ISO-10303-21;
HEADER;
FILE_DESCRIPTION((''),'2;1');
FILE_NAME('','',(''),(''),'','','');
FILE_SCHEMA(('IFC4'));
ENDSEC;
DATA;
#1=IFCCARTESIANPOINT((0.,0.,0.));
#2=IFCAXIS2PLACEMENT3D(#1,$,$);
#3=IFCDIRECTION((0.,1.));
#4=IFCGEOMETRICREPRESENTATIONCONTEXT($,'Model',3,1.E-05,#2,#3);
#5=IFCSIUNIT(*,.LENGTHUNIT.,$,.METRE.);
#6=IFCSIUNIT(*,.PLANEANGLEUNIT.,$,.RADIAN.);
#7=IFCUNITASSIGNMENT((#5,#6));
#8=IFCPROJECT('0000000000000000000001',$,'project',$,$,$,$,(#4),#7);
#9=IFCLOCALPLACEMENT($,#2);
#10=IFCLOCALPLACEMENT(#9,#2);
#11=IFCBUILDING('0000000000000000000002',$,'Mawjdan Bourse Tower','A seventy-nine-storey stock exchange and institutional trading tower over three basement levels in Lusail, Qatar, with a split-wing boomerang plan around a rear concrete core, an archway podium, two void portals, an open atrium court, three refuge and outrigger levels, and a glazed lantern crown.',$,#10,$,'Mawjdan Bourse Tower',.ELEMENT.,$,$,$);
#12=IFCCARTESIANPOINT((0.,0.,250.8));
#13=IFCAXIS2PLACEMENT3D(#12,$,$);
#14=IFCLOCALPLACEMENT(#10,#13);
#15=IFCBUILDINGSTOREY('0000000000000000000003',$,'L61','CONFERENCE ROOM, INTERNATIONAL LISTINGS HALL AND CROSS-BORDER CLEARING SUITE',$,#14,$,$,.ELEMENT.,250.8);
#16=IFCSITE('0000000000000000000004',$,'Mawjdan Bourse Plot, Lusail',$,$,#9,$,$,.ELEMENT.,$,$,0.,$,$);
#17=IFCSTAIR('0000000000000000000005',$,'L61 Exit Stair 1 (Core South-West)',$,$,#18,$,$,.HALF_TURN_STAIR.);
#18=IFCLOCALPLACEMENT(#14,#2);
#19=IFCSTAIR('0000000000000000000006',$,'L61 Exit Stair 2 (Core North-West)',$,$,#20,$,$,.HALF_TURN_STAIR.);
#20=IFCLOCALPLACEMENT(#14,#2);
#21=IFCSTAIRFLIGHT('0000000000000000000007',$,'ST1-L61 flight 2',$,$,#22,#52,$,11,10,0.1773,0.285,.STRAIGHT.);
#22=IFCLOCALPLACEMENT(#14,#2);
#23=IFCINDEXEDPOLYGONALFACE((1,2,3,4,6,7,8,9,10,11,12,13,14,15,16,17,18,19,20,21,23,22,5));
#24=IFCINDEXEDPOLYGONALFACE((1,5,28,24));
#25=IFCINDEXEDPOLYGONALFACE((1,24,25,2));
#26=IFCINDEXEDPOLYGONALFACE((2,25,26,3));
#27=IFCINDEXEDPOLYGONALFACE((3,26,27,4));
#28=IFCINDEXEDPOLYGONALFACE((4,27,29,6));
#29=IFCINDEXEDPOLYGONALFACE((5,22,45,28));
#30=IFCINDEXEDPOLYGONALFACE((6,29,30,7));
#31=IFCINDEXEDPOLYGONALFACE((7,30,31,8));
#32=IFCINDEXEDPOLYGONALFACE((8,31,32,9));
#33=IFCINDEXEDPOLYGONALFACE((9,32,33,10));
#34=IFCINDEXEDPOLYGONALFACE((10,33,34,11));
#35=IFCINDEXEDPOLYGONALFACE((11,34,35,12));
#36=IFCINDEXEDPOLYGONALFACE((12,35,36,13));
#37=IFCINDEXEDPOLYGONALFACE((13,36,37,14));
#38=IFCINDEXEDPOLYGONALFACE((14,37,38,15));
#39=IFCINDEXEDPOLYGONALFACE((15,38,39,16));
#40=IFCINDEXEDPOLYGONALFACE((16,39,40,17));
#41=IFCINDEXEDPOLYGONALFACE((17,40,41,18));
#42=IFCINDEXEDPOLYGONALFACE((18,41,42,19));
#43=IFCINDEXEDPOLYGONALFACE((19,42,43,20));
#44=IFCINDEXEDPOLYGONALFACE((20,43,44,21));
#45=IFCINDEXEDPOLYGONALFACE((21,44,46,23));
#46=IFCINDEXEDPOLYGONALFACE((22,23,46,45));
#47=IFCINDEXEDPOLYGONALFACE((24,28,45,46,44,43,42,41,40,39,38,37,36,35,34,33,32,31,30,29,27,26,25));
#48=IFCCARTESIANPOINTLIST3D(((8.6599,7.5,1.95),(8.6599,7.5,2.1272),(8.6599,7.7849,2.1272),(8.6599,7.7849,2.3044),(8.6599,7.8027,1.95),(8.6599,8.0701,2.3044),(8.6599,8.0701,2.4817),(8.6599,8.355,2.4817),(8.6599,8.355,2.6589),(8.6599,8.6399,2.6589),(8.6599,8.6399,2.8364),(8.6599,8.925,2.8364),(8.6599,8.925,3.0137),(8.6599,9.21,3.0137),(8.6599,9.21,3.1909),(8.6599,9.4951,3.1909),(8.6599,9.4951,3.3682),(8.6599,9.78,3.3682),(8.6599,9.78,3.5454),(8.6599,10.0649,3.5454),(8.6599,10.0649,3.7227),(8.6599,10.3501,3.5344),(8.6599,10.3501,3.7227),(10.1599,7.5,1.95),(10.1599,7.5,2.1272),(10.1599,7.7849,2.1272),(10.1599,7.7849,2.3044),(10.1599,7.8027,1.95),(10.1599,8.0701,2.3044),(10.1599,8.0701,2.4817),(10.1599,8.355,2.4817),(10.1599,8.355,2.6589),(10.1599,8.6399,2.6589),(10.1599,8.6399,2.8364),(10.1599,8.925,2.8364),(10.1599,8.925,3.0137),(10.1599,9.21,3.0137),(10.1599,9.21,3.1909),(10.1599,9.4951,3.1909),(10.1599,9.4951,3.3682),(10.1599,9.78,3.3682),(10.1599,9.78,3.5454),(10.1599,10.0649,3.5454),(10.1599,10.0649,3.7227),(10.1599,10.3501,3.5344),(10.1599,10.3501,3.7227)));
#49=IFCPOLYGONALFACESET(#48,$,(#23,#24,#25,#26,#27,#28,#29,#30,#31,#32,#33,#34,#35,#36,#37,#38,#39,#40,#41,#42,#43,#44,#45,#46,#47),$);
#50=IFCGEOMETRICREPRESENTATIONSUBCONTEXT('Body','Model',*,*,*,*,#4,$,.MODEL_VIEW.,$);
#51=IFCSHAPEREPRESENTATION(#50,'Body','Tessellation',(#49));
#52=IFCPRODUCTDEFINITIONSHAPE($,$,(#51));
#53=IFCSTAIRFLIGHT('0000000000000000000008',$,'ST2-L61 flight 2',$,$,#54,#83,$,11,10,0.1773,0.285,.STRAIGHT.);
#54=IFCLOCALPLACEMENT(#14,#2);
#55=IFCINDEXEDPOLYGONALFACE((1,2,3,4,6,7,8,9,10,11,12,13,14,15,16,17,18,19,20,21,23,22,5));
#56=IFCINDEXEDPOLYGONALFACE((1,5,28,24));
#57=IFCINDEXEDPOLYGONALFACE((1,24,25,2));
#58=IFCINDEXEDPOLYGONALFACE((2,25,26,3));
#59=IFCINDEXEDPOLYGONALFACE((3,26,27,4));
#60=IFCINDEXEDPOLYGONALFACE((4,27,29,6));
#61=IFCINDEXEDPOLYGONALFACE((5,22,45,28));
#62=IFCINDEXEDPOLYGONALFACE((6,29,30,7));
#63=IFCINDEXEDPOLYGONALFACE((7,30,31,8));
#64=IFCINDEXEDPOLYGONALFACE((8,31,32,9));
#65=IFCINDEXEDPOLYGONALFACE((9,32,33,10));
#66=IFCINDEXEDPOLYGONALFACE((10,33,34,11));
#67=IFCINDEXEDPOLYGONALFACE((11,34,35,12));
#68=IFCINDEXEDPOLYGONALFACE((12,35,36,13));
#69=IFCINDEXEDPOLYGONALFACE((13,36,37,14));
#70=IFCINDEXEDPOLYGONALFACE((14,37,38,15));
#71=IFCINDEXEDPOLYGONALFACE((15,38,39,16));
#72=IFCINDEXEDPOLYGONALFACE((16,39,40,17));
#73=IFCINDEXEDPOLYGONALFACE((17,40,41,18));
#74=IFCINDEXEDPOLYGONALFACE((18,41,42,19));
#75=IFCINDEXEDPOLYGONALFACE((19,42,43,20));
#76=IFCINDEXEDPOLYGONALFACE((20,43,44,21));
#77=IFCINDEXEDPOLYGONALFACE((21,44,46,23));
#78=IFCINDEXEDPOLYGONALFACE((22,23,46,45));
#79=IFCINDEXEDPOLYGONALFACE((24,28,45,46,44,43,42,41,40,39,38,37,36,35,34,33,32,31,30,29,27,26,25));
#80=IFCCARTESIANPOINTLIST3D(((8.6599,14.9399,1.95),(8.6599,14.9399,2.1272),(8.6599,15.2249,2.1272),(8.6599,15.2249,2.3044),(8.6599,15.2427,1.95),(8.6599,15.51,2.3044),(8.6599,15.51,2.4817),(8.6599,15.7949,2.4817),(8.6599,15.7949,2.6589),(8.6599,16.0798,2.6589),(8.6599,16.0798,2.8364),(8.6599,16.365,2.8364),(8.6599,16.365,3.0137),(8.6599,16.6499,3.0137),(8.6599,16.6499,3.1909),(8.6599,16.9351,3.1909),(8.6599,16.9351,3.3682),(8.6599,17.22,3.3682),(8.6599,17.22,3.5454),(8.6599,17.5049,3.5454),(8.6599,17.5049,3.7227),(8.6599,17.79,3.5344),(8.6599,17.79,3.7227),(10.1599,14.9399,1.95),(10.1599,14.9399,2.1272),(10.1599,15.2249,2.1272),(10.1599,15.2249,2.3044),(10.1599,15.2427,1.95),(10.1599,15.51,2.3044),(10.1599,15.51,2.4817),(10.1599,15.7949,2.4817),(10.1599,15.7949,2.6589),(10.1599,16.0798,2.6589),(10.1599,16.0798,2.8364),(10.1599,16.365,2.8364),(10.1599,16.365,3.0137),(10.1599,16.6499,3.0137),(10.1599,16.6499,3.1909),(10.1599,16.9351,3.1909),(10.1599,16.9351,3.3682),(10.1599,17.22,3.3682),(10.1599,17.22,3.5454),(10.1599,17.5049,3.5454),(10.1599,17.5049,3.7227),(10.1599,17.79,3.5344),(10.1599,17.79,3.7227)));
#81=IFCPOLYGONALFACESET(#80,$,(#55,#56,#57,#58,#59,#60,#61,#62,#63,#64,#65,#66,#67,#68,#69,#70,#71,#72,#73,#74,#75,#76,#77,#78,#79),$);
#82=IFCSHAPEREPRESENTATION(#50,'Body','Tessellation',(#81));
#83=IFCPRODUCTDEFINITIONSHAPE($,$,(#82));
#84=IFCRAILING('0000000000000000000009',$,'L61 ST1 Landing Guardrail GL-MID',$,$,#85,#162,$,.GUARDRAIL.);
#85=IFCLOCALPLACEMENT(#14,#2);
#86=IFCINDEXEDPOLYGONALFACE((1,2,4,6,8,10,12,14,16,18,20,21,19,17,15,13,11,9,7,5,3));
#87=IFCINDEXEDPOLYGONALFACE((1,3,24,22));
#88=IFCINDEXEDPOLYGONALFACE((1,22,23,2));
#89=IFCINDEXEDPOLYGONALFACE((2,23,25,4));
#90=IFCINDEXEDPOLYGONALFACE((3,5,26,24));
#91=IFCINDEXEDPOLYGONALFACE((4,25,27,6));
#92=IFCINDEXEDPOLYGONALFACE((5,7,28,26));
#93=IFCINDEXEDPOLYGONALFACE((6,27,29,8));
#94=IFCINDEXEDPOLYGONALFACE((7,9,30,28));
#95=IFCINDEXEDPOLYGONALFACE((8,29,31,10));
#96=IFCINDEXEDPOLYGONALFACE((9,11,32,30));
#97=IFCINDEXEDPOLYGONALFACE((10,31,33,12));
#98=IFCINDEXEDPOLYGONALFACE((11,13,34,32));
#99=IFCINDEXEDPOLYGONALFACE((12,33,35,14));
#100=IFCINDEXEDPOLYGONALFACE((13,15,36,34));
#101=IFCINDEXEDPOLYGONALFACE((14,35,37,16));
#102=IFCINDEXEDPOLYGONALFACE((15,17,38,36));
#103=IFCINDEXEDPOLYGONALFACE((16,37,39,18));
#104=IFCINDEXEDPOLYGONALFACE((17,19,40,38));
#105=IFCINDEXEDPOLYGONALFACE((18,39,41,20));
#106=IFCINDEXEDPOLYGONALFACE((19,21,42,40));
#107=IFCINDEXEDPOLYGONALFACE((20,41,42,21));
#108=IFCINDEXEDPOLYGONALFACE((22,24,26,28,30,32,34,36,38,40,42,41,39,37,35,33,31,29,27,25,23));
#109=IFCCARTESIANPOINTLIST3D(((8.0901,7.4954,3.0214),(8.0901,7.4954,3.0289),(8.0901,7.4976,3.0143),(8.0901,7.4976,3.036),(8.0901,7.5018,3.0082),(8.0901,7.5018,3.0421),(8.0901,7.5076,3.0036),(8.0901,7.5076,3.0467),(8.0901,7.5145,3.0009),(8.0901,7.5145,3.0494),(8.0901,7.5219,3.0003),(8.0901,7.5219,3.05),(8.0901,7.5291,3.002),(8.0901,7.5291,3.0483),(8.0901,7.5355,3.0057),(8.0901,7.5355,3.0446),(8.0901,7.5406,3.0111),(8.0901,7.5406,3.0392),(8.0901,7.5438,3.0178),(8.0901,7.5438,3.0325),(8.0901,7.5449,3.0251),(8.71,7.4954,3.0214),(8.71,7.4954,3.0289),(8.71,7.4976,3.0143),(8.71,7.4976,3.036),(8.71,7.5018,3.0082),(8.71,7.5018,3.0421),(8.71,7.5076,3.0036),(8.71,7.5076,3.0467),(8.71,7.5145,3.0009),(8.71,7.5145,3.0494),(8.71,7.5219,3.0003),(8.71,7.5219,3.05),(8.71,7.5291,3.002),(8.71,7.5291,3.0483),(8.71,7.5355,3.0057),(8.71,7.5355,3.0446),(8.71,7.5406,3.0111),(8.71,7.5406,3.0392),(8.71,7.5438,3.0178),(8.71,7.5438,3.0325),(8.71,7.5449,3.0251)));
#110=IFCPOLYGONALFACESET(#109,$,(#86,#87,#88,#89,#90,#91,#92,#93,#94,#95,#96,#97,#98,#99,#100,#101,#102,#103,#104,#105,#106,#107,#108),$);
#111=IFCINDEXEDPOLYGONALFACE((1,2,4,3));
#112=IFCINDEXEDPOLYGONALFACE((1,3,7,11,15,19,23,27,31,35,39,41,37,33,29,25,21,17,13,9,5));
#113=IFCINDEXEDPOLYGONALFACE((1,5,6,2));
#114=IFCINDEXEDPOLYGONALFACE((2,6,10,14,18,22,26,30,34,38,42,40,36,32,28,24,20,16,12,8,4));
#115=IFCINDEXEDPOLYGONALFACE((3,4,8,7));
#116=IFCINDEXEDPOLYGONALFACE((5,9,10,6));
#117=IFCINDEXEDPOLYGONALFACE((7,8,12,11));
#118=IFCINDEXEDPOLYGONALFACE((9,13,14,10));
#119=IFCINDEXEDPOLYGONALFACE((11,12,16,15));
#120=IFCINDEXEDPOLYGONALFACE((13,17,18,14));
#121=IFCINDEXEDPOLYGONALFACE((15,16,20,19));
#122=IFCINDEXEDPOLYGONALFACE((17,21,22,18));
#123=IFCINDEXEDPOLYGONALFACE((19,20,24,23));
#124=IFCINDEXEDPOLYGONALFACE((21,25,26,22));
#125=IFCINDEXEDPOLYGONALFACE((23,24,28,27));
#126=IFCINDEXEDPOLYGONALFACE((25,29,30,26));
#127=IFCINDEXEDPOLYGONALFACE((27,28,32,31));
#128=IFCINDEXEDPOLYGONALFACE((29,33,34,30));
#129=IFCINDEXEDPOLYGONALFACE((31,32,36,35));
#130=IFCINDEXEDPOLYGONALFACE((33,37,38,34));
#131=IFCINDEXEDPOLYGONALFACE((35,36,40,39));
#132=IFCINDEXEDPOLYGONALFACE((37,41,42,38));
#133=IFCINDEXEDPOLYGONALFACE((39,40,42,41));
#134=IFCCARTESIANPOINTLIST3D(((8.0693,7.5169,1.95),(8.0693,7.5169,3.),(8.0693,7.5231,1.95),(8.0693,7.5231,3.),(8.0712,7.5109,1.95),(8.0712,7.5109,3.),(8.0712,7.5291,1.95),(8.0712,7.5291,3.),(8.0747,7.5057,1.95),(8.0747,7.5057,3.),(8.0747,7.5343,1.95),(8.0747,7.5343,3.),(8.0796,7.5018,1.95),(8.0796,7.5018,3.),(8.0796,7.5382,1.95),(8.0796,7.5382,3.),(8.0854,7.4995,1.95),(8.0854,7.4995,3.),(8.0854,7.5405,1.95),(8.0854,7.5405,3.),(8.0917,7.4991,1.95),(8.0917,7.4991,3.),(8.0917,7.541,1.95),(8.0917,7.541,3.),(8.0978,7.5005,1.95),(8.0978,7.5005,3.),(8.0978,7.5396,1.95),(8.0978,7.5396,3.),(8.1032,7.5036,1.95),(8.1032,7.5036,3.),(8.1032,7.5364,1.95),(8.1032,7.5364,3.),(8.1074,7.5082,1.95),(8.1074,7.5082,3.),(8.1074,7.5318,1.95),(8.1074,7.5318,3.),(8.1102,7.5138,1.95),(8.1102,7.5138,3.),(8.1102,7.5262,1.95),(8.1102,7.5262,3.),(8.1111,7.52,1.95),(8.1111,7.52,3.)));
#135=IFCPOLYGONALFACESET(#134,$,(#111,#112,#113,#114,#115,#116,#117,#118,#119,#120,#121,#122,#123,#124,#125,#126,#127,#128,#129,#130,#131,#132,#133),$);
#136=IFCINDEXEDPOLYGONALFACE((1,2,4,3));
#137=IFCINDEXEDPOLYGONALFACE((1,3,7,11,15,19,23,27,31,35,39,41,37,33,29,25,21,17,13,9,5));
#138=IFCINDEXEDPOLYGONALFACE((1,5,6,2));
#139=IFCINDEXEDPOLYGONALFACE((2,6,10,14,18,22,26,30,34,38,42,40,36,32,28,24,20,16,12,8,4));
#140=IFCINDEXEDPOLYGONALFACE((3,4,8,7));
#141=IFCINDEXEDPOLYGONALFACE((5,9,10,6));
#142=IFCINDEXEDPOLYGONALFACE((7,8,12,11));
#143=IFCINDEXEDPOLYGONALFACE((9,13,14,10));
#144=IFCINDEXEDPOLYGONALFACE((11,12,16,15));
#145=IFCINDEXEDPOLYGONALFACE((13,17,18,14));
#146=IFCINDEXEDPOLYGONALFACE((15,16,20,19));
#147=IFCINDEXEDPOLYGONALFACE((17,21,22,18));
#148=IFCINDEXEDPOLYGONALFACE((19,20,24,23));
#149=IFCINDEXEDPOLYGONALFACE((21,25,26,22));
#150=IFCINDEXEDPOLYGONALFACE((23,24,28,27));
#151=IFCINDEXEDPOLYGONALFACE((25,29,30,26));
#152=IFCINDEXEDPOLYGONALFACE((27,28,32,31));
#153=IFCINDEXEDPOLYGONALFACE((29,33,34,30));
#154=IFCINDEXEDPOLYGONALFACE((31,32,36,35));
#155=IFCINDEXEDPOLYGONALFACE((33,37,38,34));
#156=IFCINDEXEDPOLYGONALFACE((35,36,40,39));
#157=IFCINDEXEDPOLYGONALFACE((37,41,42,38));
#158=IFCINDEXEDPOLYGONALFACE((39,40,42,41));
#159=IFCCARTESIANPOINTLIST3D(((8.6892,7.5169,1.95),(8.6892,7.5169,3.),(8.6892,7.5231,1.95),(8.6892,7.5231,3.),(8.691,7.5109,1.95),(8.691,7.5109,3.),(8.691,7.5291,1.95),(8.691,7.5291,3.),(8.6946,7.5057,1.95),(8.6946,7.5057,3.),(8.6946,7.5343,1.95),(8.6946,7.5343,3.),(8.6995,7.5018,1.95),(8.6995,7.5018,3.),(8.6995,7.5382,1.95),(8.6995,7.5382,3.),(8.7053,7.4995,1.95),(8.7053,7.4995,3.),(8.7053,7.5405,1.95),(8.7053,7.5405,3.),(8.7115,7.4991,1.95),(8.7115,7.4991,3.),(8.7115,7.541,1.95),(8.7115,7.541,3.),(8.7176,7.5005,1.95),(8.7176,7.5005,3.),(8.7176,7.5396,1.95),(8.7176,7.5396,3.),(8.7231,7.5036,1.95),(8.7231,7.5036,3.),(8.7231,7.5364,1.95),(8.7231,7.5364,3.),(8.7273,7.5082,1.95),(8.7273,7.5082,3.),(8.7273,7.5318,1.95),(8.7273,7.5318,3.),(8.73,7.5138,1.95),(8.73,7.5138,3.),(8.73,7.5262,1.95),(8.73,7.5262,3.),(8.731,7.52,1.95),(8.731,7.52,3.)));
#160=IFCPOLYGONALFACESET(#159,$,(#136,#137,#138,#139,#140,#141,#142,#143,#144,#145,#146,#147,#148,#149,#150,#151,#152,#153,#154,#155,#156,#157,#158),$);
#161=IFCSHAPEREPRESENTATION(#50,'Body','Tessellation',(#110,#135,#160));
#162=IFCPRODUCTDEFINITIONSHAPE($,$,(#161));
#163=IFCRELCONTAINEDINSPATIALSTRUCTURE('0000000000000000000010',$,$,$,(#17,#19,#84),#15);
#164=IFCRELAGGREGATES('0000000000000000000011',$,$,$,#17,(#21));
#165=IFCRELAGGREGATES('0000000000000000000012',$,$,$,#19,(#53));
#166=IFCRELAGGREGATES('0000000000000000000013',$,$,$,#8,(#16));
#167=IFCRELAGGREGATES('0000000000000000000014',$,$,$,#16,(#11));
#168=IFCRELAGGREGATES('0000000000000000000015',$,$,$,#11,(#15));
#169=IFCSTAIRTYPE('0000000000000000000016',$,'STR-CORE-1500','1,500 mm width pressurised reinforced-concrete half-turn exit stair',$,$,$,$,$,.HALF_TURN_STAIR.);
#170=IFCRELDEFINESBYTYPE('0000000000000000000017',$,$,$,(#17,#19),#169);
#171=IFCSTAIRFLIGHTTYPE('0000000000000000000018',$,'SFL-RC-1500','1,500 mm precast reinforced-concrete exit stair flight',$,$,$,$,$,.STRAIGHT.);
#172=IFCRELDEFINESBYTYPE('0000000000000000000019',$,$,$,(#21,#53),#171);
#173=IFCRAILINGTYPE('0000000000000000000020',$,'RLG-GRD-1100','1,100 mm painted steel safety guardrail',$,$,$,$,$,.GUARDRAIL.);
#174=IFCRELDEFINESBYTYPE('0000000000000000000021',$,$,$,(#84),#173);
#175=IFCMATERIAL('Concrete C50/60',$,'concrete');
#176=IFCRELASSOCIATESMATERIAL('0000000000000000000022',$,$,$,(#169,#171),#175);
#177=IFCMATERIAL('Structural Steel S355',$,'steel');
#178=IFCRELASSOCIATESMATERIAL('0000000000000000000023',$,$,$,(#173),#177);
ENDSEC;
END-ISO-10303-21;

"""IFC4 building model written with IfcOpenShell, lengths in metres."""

from ifc_helpers import new_model, si_unit, direction, frame, origin, origin_2d, place, context, subcontext, project, spatial, polyline, circle, outline, extrude, material, type_object, element, aggregate, save


model = new_model("IFC4")

# Units and contexts
model_context = context("Model", 3, precision=1e-05, world=origin(), true_north=direction((0.0, 1.0)))
body_context = subcontext(model_context, "Body", "Model", "MODEL_VIEW")
ifc_project = project(units=[si_unit("LENGTHUNIT", "METRE"), si_unit("PLANEANGLEUNIT", "RADIAN")], contexts=[model_context])

# Site, building, storey
site_placement = place(None, origin())
site = spatial("IfcSite", under=ifc_project, at=site_placement, Name="Mawjdan Bourse Plot, Lusail", CompositionType="ELEMENT", RefElevation=0.0)
building_placement = place(site_placement, origin())
building = spatial("IfcBuilding", under=site, at=building_placement, Name="Mawjdan Bourse Tower", Description="A seventy-nine-storey stock exchange and institutional trading tower over three basement levels in Lusail, Qatar, with a split-wing boomerang plan around a rear concrete core, an archway podium, two void portals, an open atrium court, three refuge and outrigger levels, and a glazed lantern crown.", LongName="Mawjdan Bourse Tower", CompositionType="ELEMENT")
storey_placement = place(building_placement, frame((0.0, 0.0, 250.8)))
storey = spatial("IfcBuildingStorey", under=building, at=storey_placement, Name="L61", Description="CONFERENCE ROOM, INTERNATIONAL LISTINGS HALL AND CROSS-BORDER CLEARING SUITE", CompositionType="ELEMENT", Elevation=250.8)

# Stairs
ifc_material_1 = material(Name="Concrete C50/60", Category="concrete")
stair_type = type_object("IfcStairType", Name="STR-CORE-1500", Description="1,500 mm width pressurised reinforced-concrete half-turn exit stair", PredefinedType="HALF_TURN_STAIR", material=ifc_material_1)
stair_1_placement = place(storey_placement, origin())
stair_1 = element("IfcStair", 1, at=stair_1_placement, inside=storey, type_object=stair_type, Name="L61 Exit Stair 1 (Core South-West)", PredefinedType="HALF_TURN_STAIR")
stair_2_placement = place(storey_placement, origin())
stair_2 = element("IfcStair", 2, at=stair_2_placement, inside=storey, type_object=stair_type, Name="L61 Exit Stair 2 (Core North-West)", PredefinedType="HALF_TURN_STAIR")

# Stair flights
stair_flight_type = type_object("IfcStairFlightType", Name="SFL-RC-1500", Description="1,500 mm precast reinforced-concrete exit stair flight", PredefinedType="STRAIGHT", material=ifc_material_1)
stair_flight_1_placement = place(storey_placement, frame((9.4099, 7.5, 1.95), z_axis=(0.0, 0.0, 1.0), x_axis=(0.0, 1.0, 0.0)))
stair_flight_1 = element("IfcStairFlight", 3, at=stair_flight_1_placement, type_object=stair_flight_type, Name="ST1-L61 flight 2", NumberOfRisers=11, NumberOfTreads=10, PredefinedType="STRAIGHT", RiserHeight=0.1773, TreadLength=0.285, context=body_context, shape_type="SweptSolid", body=[
    extrude(outline(polyline([(0.0, 0.0), (0.0, 0.1772), (0.2849, 0.1772), (0.2849, 0.3545), (0.5701, 0.3545), (0.5701, 0.5317), (0.855, 0.5317), (0.855, 0.709), (1.1399, 0.709), (1.1399, 0.8865), (1.425, 0.8865), (1.425, 1.0637), (1.71, 1.0637), (1.71, 1.241), (1.9951, 1.241), (1.9951, 1.4182), (2.28, 1.4182), (2.28, 1.5955), (2.5649, 1.5955), (2.5649, 1.7727), (2.8501, 1.7727), (2.8501, 1.95), (2.8501, 1.5845), (0.3027, 0.0), (0.0, 0.0)])), frame((0.0, 0.75, 0.0), z_axis=(0.0, -1.0, 0.0), x_axis=(1.0, 0.0, 0.0)), (0.0, 0.0, 1.0), 1.5),
])
aggregate(stair_1, [stair_flight_1])
stair_flight_2_placement = place(storey_placement, frame((9.4099, 14.9399, 1.95), z_axis=(0.0, 0.0, 1.0), x_axis=(0.0, 1.0, 0.0)))
stair_flight_2 = element("IfcStairFlight", 4, at=stair_flight_2_placement, type_object=stair_flight_type, Name="ST2-L61 flight 2", NumberOfRisers=11, NumberOfTreads=10, PredefinedType="STRAIGHT", RiserHeight=0.1773, TreadLength=0.285, context=body_context, shape_type="SweptSolid", body=[
    extrude(outline(polyline([(0.0, 0.0), (0.0, 0.1772), (0.2849, 0.1772), (0.2849, 0.3545), (0.5701, 0.3545), (0.5701, 0.5317), (0.855, 0.5317), (0.855, 0.709), (1.1399, 0.709), (1.1399, 0.8865), (1.425, 0.8865), (1.425, 1.0637), (1.71, 1.0637), (1.71, 1.241), (1.9951, 1.241), (1.9951, 1.4182), (2.28, 1.4182), (2.28, 1.5955), (2.5649, 1.5955), (2.5649, 1.7727), (2.8501, 1.7727), (2.8501, 1.95), (2.8501, 1.5845), (0.3027, 0.0), (0.0, 0.0)])), frame((0.0, 0.75, 0.0), z_axis=(0.0, -1.0, 0.0), x_axis=(1.0, 0.0, 0.0)), (0.0, 0.0, 1.0), 1.5),
])
aggregate(stair_2, [stair_flight_2])

# Railing
ifc_material_2 = material(Name="Structural Steel S355", Category="steel")
railing_type_1 = type_object("IfcRailingType", Name="RLG-GRD-1100", Description="1,100 mm painted steel safety guardrail", PredefinedType="GUARDRAIL", material=ifc_material_2)
for number, where, name in (
    (5, (8.0901, 7.52, 1.95), "L61 ST1 Landing Guardrail GL-MID"),
):
    element("IfcRailing", number, at=place(storey_placement, frame(where)), inside=storey, type_object=railing_type_1, Name=name, PredefinedType="GUARDRAIL", context=body_context, shape_type="SweptSolid", body=[
        extrude(circle(Radius=0.0249, at=origin_2d()), frame((0.0, 0.0, 1.0752), z_axis=(1.0, 0.0, 0.0), x_axis=(0.0, 1.0, 0.0)), (0.0, 0.0, 1.0), 0.6199),
        extrude(circle(Radius=0.021, at=origin_2d()), origin(), (0.0, 0.0, 1.0), 1.05),
        extrude(circle(Radius=0.021, at=origin_2d()), frame((0.6199, 0.0, 0.0)), (0.0, 0.0, 1.0), 1.05),
    ])

save(model, "model.ifc")
